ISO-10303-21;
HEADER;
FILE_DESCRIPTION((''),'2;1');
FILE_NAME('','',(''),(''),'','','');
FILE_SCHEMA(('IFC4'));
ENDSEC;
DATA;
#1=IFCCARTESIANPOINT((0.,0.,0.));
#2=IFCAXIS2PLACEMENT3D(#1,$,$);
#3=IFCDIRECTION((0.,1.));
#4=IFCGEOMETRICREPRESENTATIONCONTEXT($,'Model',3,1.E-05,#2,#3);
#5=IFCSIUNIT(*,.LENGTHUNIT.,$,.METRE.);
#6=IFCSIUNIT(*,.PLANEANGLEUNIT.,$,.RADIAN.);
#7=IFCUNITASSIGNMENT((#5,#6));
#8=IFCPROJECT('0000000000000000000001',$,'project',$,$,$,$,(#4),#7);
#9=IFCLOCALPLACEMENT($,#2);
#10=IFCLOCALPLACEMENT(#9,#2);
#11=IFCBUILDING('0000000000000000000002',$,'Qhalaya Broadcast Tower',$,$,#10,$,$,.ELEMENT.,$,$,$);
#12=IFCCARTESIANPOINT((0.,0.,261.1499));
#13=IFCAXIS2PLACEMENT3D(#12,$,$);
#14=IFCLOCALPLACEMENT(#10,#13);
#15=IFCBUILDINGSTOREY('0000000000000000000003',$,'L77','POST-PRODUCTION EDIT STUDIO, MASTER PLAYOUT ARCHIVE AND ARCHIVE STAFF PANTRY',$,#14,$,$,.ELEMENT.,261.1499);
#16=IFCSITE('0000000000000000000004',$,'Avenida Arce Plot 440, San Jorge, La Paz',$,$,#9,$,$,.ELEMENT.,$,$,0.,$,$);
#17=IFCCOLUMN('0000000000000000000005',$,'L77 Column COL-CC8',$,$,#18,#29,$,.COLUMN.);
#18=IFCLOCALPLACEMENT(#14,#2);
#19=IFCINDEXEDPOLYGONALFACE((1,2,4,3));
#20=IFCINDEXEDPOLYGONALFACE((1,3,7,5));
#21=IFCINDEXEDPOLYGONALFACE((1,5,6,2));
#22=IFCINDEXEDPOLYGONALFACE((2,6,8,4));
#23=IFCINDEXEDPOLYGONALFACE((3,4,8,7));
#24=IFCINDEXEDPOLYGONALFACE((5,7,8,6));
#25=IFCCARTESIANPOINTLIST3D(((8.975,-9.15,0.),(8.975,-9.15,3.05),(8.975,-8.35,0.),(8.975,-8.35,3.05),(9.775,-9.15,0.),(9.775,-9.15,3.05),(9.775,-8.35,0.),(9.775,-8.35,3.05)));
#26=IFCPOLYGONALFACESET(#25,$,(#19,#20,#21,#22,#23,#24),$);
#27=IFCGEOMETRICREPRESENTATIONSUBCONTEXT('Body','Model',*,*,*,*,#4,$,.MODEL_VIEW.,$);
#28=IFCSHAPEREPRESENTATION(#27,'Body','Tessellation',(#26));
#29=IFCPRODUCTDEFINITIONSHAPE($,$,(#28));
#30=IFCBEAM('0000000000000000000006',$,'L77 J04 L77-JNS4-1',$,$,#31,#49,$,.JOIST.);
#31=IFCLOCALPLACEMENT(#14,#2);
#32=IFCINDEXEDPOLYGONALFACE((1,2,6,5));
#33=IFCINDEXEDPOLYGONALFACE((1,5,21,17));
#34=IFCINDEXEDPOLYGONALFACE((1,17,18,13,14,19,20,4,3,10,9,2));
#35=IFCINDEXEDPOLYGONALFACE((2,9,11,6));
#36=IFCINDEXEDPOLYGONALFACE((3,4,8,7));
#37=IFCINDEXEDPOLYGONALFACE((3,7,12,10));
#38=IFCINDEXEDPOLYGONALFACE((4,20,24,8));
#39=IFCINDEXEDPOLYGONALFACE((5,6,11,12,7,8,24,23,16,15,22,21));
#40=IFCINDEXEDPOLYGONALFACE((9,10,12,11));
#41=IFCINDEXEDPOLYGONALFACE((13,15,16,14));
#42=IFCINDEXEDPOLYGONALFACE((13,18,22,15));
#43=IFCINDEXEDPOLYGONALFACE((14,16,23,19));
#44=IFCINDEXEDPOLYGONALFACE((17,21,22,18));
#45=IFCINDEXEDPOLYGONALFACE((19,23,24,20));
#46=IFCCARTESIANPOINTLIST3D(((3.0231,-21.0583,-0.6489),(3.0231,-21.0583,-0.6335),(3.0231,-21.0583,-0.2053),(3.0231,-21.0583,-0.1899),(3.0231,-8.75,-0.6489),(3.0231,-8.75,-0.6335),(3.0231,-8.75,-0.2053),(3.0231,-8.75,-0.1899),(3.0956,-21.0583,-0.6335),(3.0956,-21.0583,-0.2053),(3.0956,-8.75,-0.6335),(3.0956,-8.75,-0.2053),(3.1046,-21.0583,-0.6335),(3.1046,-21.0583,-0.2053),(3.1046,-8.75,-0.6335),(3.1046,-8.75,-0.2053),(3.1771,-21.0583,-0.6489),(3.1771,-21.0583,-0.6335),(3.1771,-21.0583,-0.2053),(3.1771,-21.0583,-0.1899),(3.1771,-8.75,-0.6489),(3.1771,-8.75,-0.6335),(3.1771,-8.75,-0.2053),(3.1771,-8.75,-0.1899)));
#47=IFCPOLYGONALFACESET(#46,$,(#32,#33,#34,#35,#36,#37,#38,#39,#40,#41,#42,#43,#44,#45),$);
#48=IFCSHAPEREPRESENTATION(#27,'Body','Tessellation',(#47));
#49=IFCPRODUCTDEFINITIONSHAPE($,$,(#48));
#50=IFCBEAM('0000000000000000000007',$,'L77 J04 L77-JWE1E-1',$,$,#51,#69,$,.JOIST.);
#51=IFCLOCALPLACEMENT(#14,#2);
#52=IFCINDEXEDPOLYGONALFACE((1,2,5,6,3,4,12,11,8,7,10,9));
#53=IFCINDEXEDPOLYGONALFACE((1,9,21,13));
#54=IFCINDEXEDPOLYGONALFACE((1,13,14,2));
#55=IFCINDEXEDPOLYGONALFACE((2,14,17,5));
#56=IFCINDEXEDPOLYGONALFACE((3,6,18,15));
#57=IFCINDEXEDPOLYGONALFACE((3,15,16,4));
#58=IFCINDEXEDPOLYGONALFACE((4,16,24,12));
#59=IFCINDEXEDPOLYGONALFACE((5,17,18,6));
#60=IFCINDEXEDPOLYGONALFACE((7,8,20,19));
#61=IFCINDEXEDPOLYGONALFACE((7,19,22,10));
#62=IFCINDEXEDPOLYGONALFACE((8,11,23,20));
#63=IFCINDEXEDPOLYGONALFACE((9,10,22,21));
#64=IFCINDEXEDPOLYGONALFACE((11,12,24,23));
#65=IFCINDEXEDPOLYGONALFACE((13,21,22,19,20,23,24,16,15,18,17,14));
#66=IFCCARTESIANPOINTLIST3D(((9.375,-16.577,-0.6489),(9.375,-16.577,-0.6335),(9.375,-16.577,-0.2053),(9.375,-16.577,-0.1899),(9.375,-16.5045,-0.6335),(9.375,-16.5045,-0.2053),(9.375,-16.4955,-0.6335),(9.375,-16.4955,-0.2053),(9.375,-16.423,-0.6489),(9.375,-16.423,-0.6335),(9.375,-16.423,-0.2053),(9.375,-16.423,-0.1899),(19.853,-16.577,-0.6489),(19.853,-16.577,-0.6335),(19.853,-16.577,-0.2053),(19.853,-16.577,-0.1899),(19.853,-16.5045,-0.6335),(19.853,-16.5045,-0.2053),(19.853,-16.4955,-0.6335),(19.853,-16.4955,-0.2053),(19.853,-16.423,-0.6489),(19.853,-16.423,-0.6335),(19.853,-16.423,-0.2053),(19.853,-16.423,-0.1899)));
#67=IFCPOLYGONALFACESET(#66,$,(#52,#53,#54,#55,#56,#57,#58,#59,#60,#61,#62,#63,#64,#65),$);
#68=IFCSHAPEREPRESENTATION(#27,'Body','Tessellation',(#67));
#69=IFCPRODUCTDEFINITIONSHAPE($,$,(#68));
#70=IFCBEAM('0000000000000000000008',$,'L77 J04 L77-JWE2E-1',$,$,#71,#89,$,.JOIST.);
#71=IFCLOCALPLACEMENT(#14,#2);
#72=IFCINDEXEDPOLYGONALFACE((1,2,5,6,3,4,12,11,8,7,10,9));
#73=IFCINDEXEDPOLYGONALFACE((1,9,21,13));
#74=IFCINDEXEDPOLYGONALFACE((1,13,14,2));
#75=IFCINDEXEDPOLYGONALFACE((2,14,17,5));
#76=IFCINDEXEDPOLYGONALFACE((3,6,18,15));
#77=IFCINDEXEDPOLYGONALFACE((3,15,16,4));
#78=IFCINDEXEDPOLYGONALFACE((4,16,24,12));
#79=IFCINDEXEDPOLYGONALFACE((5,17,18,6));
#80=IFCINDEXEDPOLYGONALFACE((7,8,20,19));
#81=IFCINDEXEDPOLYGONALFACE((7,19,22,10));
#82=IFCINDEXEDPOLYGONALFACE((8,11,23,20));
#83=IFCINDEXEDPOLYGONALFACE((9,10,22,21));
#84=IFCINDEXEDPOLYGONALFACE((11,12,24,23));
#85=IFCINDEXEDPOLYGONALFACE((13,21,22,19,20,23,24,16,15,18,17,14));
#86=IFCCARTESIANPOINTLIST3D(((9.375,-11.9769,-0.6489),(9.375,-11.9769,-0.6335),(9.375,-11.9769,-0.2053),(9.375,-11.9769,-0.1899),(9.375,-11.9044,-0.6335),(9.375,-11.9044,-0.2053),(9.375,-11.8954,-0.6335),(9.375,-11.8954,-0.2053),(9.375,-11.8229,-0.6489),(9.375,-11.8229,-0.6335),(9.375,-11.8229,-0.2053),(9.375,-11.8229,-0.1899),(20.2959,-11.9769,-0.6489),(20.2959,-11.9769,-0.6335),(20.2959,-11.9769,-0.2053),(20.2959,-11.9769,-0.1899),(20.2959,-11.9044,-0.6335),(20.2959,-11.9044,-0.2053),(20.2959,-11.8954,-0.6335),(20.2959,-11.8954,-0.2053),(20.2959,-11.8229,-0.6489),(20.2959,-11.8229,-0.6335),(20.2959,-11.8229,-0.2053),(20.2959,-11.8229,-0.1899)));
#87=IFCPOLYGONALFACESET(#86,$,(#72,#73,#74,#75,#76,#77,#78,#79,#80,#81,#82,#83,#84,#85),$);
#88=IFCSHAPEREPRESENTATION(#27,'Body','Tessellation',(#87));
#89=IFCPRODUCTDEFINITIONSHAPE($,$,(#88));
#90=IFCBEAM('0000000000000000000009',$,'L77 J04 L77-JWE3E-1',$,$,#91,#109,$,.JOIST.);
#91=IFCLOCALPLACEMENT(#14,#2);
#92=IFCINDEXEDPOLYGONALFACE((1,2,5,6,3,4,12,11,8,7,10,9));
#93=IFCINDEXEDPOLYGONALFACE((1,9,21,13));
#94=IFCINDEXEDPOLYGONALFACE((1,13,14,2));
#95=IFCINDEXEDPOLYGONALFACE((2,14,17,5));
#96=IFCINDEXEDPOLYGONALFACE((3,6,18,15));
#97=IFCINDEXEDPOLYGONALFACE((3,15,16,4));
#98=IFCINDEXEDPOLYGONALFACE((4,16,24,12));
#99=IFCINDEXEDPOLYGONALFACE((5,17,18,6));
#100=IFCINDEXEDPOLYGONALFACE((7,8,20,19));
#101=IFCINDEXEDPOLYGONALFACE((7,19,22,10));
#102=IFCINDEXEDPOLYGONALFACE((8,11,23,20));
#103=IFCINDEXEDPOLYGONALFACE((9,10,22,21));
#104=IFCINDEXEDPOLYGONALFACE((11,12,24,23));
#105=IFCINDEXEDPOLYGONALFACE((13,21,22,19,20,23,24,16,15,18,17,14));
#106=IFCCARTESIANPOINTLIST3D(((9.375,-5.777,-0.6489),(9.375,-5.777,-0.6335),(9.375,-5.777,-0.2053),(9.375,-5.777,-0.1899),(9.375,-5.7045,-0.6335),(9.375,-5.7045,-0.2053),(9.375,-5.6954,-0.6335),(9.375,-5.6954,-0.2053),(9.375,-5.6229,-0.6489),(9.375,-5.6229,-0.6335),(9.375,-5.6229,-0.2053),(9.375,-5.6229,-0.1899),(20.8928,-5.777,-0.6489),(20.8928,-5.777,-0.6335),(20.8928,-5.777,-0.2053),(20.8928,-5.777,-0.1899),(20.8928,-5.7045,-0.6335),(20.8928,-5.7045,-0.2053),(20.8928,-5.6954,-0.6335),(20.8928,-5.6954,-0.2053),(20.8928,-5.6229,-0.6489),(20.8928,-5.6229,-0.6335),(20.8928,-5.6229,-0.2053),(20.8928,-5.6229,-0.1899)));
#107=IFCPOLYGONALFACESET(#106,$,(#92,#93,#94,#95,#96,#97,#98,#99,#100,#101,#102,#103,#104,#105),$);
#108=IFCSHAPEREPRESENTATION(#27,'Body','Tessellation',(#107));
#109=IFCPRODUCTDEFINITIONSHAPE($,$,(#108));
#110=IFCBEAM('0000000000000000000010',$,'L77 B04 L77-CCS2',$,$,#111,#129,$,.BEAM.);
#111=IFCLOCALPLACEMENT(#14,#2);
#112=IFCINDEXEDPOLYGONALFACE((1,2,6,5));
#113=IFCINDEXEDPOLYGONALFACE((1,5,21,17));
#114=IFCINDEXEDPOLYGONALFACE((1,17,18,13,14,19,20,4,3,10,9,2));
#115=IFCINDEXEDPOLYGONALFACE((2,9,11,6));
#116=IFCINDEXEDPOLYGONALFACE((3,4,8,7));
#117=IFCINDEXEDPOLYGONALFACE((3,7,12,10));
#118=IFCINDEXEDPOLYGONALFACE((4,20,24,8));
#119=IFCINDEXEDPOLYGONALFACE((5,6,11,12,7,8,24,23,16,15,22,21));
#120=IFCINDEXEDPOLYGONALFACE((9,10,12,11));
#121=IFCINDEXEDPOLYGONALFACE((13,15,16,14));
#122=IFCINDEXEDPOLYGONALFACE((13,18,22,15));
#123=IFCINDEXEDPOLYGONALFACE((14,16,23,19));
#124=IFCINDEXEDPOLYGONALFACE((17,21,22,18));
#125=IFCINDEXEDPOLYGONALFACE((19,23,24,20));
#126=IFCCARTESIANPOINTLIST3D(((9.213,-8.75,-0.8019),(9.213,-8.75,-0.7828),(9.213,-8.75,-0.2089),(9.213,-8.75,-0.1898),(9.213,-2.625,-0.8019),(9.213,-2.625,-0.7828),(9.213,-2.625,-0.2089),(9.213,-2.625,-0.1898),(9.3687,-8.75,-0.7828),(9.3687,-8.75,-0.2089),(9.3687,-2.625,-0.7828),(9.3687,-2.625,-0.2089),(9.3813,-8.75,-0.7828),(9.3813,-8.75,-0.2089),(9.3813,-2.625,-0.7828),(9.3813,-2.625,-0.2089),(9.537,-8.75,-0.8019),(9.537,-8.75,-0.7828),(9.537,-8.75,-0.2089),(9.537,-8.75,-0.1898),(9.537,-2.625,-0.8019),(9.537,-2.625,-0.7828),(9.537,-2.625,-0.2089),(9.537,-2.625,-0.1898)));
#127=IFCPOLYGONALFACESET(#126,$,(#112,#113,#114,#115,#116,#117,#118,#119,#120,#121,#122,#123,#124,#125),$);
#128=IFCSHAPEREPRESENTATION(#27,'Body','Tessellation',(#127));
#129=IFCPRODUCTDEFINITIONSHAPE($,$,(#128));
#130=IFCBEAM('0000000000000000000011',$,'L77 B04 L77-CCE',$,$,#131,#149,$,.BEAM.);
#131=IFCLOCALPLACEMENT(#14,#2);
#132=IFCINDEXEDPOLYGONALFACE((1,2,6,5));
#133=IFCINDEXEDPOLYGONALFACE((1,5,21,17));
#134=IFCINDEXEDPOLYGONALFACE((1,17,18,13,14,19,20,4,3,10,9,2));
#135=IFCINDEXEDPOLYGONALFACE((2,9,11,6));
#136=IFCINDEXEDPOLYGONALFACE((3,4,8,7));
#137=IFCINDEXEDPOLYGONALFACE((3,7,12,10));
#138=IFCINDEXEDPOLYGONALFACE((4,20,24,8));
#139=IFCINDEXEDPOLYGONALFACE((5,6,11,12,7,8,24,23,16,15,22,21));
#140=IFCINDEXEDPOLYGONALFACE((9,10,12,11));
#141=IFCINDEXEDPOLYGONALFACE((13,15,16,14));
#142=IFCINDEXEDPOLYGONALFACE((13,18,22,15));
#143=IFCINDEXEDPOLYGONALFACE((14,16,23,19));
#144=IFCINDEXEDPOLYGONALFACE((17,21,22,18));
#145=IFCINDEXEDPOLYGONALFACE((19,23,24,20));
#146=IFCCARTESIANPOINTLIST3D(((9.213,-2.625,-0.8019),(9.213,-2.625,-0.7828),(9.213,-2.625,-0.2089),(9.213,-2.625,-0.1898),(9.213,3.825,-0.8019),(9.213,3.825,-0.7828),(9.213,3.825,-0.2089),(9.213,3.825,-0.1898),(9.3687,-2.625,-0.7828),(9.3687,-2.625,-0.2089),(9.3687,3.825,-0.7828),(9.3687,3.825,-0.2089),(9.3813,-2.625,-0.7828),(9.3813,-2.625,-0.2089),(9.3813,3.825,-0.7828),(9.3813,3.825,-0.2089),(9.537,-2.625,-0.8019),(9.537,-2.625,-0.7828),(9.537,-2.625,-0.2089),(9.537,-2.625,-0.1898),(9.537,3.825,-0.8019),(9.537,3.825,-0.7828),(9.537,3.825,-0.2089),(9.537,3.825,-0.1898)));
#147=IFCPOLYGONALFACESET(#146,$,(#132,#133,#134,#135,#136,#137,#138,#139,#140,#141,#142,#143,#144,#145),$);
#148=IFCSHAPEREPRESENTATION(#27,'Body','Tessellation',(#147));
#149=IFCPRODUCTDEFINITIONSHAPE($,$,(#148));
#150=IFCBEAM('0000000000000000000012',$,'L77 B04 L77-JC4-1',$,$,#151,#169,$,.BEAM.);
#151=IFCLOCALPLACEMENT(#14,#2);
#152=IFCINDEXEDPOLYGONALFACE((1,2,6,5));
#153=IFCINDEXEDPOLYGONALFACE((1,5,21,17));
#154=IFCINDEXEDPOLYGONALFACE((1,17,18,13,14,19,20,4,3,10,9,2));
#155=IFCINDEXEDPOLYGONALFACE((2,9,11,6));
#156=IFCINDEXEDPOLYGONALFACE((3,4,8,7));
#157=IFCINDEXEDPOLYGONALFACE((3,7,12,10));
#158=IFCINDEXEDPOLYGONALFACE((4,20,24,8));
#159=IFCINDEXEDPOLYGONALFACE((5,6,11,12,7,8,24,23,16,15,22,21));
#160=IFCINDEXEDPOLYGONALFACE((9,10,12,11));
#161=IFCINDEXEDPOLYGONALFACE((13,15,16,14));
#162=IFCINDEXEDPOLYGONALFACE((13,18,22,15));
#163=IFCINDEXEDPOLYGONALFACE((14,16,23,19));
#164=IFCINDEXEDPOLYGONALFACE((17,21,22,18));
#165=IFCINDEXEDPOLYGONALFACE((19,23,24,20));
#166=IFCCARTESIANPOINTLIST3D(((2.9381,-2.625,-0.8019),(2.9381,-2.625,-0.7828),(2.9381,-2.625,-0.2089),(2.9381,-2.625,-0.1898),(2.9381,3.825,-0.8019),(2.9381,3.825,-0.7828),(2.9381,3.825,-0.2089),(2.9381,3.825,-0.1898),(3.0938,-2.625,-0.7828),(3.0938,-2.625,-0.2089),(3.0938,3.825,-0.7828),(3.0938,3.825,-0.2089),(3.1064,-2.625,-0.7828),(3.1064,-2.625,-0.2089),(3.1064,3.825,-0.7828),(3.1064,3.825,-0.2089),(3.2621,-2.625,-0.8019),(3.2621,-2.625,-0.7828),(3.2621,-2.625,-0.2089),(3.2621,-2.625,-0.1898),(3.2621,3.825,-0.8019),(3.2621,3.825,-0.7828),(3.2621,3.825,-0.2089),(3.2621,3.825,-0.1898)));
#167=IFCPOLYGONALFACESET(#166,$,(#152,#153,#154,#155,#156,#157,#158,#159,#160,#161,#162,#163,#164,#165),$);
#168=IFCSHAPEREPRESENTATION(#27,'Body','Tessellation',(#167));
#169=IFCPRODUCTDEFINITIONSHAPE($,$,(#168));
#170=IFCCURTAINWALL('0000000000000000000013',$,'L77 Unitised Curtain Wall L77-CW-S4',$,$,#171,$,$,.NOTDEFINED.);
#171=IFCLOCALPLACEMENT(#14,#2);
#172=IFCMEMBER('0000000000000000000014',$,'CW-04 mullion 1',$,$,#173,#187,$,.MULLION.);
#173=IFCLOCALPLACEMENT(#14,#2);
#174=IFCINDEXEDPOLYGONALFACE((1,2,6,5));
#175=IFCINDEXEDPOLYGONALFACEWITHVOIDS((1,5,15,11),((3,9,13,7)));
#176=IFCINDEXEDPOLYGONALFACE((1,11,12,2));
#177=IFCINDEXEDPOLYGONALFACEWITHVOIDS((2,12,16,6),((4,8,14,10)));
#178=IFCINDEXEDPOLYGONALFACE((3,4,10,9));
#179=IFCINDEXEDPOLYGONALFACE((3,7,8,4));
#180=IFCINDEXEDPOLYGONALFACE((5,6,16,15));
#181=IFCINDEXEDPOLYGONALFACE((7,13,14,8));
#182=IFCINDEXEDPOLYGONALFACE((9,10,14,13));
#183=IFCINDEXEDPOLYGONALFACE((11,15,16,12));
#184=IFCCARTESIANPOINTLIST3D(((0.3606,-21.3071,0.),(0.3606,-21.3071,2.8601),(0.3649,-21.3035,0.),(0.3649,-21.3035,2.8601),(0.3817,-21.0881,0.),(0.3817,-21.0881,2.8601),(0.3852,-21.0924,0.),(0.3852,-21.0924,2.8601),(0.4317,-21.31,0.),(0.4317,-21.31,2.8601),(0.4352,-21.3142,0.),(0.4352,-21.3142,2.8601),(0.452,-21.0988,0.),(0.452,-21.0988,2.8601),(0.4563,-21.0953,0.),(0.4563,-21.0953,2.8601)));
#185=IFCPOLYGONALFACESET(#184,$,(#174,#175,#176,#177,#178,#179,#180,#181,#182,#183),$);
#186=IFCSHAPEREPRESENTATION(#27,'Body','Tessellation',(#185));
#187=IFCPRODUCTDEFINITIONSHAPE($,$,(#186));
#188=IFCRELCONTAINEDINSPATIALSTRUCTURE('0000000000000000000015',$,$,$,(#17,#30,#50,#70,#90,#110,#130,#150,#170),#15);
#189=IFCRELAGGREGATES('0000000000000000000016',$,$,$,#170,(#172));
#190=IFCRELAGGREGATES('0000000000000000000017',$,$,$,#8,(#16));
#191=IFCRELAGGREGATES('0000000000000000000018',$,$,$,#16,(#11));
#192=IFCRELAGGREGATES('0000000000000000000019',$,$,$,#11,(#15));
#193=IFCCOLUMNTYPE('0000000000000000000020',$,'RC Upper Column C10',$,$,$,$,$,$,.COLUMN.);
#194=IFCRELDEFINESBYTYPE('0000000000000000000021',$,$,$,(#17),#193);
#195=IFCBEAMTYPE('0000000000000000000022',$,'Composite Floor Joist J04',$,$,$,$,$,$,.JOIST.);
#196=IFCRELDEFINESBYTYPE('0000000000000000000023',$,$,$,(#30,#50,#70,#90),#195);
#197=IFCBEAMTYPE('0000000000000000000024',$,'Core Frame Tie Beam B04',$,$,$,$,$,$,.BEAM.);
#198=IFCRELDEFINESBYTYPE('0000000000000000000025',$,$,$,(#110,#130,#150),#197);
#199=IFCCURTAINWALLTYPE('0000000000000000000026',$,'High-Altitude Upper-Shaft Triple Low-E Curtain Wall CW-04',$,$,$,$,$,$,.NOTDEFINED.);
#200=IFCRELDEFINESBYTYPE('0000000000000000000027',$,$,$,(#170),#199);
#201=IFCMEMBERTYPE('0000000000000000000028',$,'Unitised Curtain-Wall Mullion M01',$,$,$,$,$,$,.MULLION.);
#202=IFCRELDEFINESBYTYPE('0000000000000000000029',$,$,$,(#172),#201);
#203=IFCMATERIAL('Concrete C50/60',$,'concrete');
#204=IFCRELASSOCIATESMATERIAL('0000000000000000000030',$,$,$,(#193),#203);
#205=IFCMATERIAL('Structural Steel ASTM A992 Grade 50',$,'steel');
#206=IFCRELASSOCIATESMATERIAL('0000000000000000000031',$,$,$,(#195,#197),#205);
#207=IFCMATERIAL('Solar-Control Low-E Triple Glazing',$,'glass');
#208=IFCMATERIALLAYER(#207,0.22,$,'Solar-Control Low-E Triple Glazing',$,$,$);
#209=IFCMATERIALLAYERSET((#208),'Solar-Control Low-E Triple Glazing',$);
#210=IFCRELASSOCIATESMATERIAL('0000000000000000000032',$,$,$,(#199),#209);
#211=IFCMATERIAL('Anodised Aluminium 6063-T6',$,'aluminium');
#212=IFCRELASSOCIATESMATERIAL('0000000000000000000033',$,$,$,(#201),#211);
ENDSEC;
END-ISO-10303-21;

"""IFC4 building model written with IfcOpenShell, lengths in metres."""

from ifc_helpers import new_model, si_unit, direction, frame, origin, origin_2d, place, context, subcontext, project, spatial, rectangle, hollow_rectangle, i_section, extrude, material, layer, layer_set, material_profile, profile_set, type_object, element, aggregate, save


model = new_model("IFC4")

# Units and contexts
model_context = context("Model", 3, precision=1e-05, world=origin(), true_north=direction((0.0, 1.0)))
body_context = subcontext(model_context, "Body", "Model", "MODEL_VIEW")
ifc_project = project(units=[si_unit("LENGTHUNIT", "METRE"), si_unit("PLANEANGLEUNIT", "RADIAN")], contexts=[model_context])

# Site, building, storey
site_placement = place(None, origin())
site = spatial("IfcSite", under=ifc_project, at=site_placement, Name="Avenida Arce Plot 440, San Jorge, La Paz", CompositionType="ELEMENT", RefElevation=0.0)
building_placement = place(site_placement, origin())
building = spatial("IfcBuilding", under=site, at=building_placement, Name="Qhalaya Broadcast Tower", CompositionType="ELEMENT")
storey_placement = place(building_placement, frame((0.0, 0.0, 261.1499)))
storey = spatial("IfcBuildingStorey", under=building, at=storey_placement, Name="L77", Description="POST-PRODUCTION EDIT STUDIO, MASTER PLAYOUT ARCHIVE AND ARCHIVE STAFF PANTRY", CompositionType="ELEMENT", Elevation=261.1499)

# Column
ifc_material_1 = material(Name="Concrete C50/60", Category="concrete")
ifc_material_profile_1 = material_profile(ifc_material_1, rectangle(XDim=0.8, YDim=0.8, at=origin_2d()), Name="RC-COL 800x800")
ifc_profile_set_1 = profile_set([ifc_material_profile_1], Name="Concrete C50/60")
column_type = type_object("IfcColumnType", Name="RC Upper Column C10", PredefinedType="COLUMN", material=ifc_profile_set_1)
column_placement = place(storey_placement, frame((9.375, -8.75, 0.0), z_axis=(0.0, 0.0, 1.0), x_axis=(1.0, 0.0, 0.0)))
element("IfcColumn", 1, at=column_placement, inside=storey, type_object=column_type, Name="L77 Column COL-CC8", PredefinedType="COLUMN", context=body_context, shape_type="SweptSolid", body=[
    extrude(rectangle(XDim=0.8, YDim=0.8, at=origin_2d()), origin(), (0.0, 0.0, 1.0), 3.05),
])

# Beams
ifc_material_2 = material(Name="Structural Steel ASTM A992 Grade 50", Category="steel")
ifc_material_profile_2 = material_profile(ifc_material_2, i_section(OverallWidth=0.1541, OverallDepth=0.459, WebThickness=0.009, FlangeThickness=0.0154, at=origin_2d()), Name="W18X46")
ifc_profile_set_2 = profile_set([ifc_material_profile_2], Name="Structural Steel ASTM A992 Grade 50")
beam_type_1 = type_object("IfcBeamType", Name="Composite Floor Joist J04", PredefinedType="JOIST", material=ifc_profile_set_2)
beam_1_placement = place(storey_placement, frame((3.1001, -21.0583, -0.4194), z_axis=(0.0, 1.0, 0.0), x_axis=(-1.0, 0.0, 0.0)))
element("IfcBeam", 2, at=beam_1_placement, inside=storey, type_object=beam_type_1, Name="L77 J04 L77-JNS4-1", PredefinedType="JOIST", context=body_context, shape_type="SweptSolid", body=[
    extrude(i_section(OverallWidth=0.1541, OverallDepth=0.459, WebThickness=0.009, FlangeThickness=0.0154, at=origin_2d()), origin(), (0.0, 0.0, 1.0), 12.3083),
])
beam_2_placement = place(storey_placement, frame((9.375, -16.5, -0.4194), z_axis=(1.0, 0.0, 0.0), x_axis=(0.0, 1.0, 0.0)))
element("IfcBeam", 3, at=beam_2_placement, inside=storey, type_object=beam_type_1, Name="L77 J04 L77-JWE1E-1", PredefinedType="JOIST", context=body_context, shape_type="SweptSolid", body=[
    extrude(i_section(OverallWidth=0.1541, OverallDepth=0.459, WebThickness=0.009, FlangeThickness=0.0154, at=origin_2d()), origin(), (0.0, 0.0, 1.0), 10.478),
])
beam_3_placement = place(storey_placement, frame((9.375, -11.8999, -0.4194), z_axis=(1.0, 0.0, 0.0), x_axis=(0.0, 1.0, 0.0)))
element("IfcBeam", 4, at=beam_3_placement, inside=storey, type_object=beam_type_1, Name="L77 J04 L77-JWE2E-1", PredefinedType="JOIST", context=body_context, shape_type="SweptSolid", body=[
    extrude(i_section(OverallWidth=0.1541, OverallDepth=0.459, WebThickness=0.009, FlangeThickness=0.0154, at=origin_2d()), origin(), (0.0, 0.0, 1.0), 10.9209),
])
beam_4_placement = place(storey_placement, frame((9.375, -5.7, -0.4194), z_axis=(1.0, 0.0, 0.0), x_axis=(0.0, 1.0, 0.0)))
element("IfcBeam", 5, at=beam_4_placement, inside=storey, type_object=beam_type_1, Name="L77 J04 L77-JWE3E-1", PredefinedType="JOIST", context=body_context, shape_type="SweptSolid", body=[
    extrude(i_section(OverallWidth=0.1541, OverallDepth=0.459, WebThickness=0.009, FlangeThickness=0.0154, at=origin_2d()), origin(), (0.0, 0.0, 1.0), 11.5178),
])
ifc_material_profile_3 = material_profile(ifc_material_2, i_section(OverallWidth=0.324, OverallDepth=0.6121, WebThickness=0.0127, FlangeThickness=0.019, at=origin_2d()), Name="W24X104")
ifc_profile_set_3 = profile_set([ifc_material_profile_3], Name="Structural Steel ASTM A992 Grade 50")
beam_type_2 = type_object("IfcBeamType", Name="Core Frame Tie Beam B04", PredefinedType="BEAM", material=ifc_profile_set_3)
beam_5_placement = place(storey_placement, frame((9.375, -8.75, -0.4958), z_axis=(0.0, 1.0, 0.0), x_axis=(-1.0, 0.0, 0.0)))
element("IfcBeam", 6, at=beam_5_placement, inside=storey, type_object=beam_type_2, Name="L77 B04 L77-CCS2", PredefinedType="BEAM", context=body_context, shape_type="SweptSolid", body=[
    extrude(i_section(OverallWidth=0.324, OverallDepth=0.6121, WebThickness=0.0127, FlangeThickness=0.019, at=origin_2d()), origin(), (0.0, 0.0, 1.0), 6.125),
])
for number, where, z_axis, x_axis, name in (
    (7, (9.375, -2.625, -0.4958), (0.0, 1.0, 0.0), (-1.0, 0.0, 0.0), "L77 B04 L77-CCE"),
    (8, (3.1001, -2.625, -0.4958), (0.0, 1.0, 0.0), (-1.0, 0.0, 0.0), "L77 B04 L77-JC4-1"),
):
    element("IfcBeam", number, at=place(storey_placement, frame(where, z_axis=z_axis, x_axis=x_axis)), inside=storey, type_object=beam_type_2, Name=name, PredefinedType="BEAM", context=body_context, shape_type="SweptSolid", body=[
        extrude(i_section(OverallWidth=0.324, OverallDepth=0.6121, WebThickness=0.0127, FlangeThickness=0.019, at=origin_2d()), origin(), (0.0, 0.0, 1.0), 6.45),
    ])

# Curtain wall, member
ifc_material_3 = material(Name="Solar-Control Low-E Triple Glazing", Category="glass")
ifc_layer_1 = layer(ifc_material_3, 0.22, Name="Solar-Control Low-E Triple Glazing")
ifc_layer_set_1 = layer_set([ifc_layer_1], Name="Solar-Control Low-E Triple Glazing")
curtain_wall_type = type_object("IfcCurtainWallType", Name="High-Altitude Upper-Shaft Triple Low-E Curtain Wall CW-04", PredefinedType="NOTDEFINED", material=ifc_layer_set_1)
curtain_wall_placement = place(storey_placement, origin())
curtain_wall = element("IfcCurtainWall", 9, at=curtain_wall_placement, inside=storey, type_object=curtain_wall_type, Name="L77 Unitised Curtain Wall L77-CW-S4", PredefinedType="NOTDEFINED")
ifc_material_4 = material(Name="Anodised Aluminium 6063-T6", Category="aluminium")
ifc_material_profile_4 = material_profile(ifc_material_4, hollow_rectangle(XDim=0.075, YDim=0.22, WallThickness=0.0039, at=origin_2d()), Name="ALU-MUL 75x220x4")
ifc_profile_set_4 = profile_set([ifc_material_profile_4], Name="Anodised Aluminium 6063-T6")
member_type_1 = type_object("IfcMemberType", Name="Unitised Curtain-Wall Mullion M01", PredefinedType="MULLION", material=ifc_profile_set_4)
member_1_placement = place(storey_placement, frame((0.4084, -21.2012, 0.0), z_axis=(0.0, 0.0, 1.0), x_axis=(0.995398, -0.095829, 0.0)))
member_1 = element("IfcMember", 10, at=member_1_placement, type_object=member_type_1, Name="CW-04 mullion 1", PredefinedType="MULLION", context=body_context, shape_type="SweptSolid", body=[
    extrude(hollow_rectangle(XDim=0.075, YDim=0.22, WallThickness=0.0039, at=origin_2d()), origin(), (0.0, 0.0, 1.0), 2.8601),
])
aggregate(curtain_wall, [member_1])

save(model, "model.ifc")
